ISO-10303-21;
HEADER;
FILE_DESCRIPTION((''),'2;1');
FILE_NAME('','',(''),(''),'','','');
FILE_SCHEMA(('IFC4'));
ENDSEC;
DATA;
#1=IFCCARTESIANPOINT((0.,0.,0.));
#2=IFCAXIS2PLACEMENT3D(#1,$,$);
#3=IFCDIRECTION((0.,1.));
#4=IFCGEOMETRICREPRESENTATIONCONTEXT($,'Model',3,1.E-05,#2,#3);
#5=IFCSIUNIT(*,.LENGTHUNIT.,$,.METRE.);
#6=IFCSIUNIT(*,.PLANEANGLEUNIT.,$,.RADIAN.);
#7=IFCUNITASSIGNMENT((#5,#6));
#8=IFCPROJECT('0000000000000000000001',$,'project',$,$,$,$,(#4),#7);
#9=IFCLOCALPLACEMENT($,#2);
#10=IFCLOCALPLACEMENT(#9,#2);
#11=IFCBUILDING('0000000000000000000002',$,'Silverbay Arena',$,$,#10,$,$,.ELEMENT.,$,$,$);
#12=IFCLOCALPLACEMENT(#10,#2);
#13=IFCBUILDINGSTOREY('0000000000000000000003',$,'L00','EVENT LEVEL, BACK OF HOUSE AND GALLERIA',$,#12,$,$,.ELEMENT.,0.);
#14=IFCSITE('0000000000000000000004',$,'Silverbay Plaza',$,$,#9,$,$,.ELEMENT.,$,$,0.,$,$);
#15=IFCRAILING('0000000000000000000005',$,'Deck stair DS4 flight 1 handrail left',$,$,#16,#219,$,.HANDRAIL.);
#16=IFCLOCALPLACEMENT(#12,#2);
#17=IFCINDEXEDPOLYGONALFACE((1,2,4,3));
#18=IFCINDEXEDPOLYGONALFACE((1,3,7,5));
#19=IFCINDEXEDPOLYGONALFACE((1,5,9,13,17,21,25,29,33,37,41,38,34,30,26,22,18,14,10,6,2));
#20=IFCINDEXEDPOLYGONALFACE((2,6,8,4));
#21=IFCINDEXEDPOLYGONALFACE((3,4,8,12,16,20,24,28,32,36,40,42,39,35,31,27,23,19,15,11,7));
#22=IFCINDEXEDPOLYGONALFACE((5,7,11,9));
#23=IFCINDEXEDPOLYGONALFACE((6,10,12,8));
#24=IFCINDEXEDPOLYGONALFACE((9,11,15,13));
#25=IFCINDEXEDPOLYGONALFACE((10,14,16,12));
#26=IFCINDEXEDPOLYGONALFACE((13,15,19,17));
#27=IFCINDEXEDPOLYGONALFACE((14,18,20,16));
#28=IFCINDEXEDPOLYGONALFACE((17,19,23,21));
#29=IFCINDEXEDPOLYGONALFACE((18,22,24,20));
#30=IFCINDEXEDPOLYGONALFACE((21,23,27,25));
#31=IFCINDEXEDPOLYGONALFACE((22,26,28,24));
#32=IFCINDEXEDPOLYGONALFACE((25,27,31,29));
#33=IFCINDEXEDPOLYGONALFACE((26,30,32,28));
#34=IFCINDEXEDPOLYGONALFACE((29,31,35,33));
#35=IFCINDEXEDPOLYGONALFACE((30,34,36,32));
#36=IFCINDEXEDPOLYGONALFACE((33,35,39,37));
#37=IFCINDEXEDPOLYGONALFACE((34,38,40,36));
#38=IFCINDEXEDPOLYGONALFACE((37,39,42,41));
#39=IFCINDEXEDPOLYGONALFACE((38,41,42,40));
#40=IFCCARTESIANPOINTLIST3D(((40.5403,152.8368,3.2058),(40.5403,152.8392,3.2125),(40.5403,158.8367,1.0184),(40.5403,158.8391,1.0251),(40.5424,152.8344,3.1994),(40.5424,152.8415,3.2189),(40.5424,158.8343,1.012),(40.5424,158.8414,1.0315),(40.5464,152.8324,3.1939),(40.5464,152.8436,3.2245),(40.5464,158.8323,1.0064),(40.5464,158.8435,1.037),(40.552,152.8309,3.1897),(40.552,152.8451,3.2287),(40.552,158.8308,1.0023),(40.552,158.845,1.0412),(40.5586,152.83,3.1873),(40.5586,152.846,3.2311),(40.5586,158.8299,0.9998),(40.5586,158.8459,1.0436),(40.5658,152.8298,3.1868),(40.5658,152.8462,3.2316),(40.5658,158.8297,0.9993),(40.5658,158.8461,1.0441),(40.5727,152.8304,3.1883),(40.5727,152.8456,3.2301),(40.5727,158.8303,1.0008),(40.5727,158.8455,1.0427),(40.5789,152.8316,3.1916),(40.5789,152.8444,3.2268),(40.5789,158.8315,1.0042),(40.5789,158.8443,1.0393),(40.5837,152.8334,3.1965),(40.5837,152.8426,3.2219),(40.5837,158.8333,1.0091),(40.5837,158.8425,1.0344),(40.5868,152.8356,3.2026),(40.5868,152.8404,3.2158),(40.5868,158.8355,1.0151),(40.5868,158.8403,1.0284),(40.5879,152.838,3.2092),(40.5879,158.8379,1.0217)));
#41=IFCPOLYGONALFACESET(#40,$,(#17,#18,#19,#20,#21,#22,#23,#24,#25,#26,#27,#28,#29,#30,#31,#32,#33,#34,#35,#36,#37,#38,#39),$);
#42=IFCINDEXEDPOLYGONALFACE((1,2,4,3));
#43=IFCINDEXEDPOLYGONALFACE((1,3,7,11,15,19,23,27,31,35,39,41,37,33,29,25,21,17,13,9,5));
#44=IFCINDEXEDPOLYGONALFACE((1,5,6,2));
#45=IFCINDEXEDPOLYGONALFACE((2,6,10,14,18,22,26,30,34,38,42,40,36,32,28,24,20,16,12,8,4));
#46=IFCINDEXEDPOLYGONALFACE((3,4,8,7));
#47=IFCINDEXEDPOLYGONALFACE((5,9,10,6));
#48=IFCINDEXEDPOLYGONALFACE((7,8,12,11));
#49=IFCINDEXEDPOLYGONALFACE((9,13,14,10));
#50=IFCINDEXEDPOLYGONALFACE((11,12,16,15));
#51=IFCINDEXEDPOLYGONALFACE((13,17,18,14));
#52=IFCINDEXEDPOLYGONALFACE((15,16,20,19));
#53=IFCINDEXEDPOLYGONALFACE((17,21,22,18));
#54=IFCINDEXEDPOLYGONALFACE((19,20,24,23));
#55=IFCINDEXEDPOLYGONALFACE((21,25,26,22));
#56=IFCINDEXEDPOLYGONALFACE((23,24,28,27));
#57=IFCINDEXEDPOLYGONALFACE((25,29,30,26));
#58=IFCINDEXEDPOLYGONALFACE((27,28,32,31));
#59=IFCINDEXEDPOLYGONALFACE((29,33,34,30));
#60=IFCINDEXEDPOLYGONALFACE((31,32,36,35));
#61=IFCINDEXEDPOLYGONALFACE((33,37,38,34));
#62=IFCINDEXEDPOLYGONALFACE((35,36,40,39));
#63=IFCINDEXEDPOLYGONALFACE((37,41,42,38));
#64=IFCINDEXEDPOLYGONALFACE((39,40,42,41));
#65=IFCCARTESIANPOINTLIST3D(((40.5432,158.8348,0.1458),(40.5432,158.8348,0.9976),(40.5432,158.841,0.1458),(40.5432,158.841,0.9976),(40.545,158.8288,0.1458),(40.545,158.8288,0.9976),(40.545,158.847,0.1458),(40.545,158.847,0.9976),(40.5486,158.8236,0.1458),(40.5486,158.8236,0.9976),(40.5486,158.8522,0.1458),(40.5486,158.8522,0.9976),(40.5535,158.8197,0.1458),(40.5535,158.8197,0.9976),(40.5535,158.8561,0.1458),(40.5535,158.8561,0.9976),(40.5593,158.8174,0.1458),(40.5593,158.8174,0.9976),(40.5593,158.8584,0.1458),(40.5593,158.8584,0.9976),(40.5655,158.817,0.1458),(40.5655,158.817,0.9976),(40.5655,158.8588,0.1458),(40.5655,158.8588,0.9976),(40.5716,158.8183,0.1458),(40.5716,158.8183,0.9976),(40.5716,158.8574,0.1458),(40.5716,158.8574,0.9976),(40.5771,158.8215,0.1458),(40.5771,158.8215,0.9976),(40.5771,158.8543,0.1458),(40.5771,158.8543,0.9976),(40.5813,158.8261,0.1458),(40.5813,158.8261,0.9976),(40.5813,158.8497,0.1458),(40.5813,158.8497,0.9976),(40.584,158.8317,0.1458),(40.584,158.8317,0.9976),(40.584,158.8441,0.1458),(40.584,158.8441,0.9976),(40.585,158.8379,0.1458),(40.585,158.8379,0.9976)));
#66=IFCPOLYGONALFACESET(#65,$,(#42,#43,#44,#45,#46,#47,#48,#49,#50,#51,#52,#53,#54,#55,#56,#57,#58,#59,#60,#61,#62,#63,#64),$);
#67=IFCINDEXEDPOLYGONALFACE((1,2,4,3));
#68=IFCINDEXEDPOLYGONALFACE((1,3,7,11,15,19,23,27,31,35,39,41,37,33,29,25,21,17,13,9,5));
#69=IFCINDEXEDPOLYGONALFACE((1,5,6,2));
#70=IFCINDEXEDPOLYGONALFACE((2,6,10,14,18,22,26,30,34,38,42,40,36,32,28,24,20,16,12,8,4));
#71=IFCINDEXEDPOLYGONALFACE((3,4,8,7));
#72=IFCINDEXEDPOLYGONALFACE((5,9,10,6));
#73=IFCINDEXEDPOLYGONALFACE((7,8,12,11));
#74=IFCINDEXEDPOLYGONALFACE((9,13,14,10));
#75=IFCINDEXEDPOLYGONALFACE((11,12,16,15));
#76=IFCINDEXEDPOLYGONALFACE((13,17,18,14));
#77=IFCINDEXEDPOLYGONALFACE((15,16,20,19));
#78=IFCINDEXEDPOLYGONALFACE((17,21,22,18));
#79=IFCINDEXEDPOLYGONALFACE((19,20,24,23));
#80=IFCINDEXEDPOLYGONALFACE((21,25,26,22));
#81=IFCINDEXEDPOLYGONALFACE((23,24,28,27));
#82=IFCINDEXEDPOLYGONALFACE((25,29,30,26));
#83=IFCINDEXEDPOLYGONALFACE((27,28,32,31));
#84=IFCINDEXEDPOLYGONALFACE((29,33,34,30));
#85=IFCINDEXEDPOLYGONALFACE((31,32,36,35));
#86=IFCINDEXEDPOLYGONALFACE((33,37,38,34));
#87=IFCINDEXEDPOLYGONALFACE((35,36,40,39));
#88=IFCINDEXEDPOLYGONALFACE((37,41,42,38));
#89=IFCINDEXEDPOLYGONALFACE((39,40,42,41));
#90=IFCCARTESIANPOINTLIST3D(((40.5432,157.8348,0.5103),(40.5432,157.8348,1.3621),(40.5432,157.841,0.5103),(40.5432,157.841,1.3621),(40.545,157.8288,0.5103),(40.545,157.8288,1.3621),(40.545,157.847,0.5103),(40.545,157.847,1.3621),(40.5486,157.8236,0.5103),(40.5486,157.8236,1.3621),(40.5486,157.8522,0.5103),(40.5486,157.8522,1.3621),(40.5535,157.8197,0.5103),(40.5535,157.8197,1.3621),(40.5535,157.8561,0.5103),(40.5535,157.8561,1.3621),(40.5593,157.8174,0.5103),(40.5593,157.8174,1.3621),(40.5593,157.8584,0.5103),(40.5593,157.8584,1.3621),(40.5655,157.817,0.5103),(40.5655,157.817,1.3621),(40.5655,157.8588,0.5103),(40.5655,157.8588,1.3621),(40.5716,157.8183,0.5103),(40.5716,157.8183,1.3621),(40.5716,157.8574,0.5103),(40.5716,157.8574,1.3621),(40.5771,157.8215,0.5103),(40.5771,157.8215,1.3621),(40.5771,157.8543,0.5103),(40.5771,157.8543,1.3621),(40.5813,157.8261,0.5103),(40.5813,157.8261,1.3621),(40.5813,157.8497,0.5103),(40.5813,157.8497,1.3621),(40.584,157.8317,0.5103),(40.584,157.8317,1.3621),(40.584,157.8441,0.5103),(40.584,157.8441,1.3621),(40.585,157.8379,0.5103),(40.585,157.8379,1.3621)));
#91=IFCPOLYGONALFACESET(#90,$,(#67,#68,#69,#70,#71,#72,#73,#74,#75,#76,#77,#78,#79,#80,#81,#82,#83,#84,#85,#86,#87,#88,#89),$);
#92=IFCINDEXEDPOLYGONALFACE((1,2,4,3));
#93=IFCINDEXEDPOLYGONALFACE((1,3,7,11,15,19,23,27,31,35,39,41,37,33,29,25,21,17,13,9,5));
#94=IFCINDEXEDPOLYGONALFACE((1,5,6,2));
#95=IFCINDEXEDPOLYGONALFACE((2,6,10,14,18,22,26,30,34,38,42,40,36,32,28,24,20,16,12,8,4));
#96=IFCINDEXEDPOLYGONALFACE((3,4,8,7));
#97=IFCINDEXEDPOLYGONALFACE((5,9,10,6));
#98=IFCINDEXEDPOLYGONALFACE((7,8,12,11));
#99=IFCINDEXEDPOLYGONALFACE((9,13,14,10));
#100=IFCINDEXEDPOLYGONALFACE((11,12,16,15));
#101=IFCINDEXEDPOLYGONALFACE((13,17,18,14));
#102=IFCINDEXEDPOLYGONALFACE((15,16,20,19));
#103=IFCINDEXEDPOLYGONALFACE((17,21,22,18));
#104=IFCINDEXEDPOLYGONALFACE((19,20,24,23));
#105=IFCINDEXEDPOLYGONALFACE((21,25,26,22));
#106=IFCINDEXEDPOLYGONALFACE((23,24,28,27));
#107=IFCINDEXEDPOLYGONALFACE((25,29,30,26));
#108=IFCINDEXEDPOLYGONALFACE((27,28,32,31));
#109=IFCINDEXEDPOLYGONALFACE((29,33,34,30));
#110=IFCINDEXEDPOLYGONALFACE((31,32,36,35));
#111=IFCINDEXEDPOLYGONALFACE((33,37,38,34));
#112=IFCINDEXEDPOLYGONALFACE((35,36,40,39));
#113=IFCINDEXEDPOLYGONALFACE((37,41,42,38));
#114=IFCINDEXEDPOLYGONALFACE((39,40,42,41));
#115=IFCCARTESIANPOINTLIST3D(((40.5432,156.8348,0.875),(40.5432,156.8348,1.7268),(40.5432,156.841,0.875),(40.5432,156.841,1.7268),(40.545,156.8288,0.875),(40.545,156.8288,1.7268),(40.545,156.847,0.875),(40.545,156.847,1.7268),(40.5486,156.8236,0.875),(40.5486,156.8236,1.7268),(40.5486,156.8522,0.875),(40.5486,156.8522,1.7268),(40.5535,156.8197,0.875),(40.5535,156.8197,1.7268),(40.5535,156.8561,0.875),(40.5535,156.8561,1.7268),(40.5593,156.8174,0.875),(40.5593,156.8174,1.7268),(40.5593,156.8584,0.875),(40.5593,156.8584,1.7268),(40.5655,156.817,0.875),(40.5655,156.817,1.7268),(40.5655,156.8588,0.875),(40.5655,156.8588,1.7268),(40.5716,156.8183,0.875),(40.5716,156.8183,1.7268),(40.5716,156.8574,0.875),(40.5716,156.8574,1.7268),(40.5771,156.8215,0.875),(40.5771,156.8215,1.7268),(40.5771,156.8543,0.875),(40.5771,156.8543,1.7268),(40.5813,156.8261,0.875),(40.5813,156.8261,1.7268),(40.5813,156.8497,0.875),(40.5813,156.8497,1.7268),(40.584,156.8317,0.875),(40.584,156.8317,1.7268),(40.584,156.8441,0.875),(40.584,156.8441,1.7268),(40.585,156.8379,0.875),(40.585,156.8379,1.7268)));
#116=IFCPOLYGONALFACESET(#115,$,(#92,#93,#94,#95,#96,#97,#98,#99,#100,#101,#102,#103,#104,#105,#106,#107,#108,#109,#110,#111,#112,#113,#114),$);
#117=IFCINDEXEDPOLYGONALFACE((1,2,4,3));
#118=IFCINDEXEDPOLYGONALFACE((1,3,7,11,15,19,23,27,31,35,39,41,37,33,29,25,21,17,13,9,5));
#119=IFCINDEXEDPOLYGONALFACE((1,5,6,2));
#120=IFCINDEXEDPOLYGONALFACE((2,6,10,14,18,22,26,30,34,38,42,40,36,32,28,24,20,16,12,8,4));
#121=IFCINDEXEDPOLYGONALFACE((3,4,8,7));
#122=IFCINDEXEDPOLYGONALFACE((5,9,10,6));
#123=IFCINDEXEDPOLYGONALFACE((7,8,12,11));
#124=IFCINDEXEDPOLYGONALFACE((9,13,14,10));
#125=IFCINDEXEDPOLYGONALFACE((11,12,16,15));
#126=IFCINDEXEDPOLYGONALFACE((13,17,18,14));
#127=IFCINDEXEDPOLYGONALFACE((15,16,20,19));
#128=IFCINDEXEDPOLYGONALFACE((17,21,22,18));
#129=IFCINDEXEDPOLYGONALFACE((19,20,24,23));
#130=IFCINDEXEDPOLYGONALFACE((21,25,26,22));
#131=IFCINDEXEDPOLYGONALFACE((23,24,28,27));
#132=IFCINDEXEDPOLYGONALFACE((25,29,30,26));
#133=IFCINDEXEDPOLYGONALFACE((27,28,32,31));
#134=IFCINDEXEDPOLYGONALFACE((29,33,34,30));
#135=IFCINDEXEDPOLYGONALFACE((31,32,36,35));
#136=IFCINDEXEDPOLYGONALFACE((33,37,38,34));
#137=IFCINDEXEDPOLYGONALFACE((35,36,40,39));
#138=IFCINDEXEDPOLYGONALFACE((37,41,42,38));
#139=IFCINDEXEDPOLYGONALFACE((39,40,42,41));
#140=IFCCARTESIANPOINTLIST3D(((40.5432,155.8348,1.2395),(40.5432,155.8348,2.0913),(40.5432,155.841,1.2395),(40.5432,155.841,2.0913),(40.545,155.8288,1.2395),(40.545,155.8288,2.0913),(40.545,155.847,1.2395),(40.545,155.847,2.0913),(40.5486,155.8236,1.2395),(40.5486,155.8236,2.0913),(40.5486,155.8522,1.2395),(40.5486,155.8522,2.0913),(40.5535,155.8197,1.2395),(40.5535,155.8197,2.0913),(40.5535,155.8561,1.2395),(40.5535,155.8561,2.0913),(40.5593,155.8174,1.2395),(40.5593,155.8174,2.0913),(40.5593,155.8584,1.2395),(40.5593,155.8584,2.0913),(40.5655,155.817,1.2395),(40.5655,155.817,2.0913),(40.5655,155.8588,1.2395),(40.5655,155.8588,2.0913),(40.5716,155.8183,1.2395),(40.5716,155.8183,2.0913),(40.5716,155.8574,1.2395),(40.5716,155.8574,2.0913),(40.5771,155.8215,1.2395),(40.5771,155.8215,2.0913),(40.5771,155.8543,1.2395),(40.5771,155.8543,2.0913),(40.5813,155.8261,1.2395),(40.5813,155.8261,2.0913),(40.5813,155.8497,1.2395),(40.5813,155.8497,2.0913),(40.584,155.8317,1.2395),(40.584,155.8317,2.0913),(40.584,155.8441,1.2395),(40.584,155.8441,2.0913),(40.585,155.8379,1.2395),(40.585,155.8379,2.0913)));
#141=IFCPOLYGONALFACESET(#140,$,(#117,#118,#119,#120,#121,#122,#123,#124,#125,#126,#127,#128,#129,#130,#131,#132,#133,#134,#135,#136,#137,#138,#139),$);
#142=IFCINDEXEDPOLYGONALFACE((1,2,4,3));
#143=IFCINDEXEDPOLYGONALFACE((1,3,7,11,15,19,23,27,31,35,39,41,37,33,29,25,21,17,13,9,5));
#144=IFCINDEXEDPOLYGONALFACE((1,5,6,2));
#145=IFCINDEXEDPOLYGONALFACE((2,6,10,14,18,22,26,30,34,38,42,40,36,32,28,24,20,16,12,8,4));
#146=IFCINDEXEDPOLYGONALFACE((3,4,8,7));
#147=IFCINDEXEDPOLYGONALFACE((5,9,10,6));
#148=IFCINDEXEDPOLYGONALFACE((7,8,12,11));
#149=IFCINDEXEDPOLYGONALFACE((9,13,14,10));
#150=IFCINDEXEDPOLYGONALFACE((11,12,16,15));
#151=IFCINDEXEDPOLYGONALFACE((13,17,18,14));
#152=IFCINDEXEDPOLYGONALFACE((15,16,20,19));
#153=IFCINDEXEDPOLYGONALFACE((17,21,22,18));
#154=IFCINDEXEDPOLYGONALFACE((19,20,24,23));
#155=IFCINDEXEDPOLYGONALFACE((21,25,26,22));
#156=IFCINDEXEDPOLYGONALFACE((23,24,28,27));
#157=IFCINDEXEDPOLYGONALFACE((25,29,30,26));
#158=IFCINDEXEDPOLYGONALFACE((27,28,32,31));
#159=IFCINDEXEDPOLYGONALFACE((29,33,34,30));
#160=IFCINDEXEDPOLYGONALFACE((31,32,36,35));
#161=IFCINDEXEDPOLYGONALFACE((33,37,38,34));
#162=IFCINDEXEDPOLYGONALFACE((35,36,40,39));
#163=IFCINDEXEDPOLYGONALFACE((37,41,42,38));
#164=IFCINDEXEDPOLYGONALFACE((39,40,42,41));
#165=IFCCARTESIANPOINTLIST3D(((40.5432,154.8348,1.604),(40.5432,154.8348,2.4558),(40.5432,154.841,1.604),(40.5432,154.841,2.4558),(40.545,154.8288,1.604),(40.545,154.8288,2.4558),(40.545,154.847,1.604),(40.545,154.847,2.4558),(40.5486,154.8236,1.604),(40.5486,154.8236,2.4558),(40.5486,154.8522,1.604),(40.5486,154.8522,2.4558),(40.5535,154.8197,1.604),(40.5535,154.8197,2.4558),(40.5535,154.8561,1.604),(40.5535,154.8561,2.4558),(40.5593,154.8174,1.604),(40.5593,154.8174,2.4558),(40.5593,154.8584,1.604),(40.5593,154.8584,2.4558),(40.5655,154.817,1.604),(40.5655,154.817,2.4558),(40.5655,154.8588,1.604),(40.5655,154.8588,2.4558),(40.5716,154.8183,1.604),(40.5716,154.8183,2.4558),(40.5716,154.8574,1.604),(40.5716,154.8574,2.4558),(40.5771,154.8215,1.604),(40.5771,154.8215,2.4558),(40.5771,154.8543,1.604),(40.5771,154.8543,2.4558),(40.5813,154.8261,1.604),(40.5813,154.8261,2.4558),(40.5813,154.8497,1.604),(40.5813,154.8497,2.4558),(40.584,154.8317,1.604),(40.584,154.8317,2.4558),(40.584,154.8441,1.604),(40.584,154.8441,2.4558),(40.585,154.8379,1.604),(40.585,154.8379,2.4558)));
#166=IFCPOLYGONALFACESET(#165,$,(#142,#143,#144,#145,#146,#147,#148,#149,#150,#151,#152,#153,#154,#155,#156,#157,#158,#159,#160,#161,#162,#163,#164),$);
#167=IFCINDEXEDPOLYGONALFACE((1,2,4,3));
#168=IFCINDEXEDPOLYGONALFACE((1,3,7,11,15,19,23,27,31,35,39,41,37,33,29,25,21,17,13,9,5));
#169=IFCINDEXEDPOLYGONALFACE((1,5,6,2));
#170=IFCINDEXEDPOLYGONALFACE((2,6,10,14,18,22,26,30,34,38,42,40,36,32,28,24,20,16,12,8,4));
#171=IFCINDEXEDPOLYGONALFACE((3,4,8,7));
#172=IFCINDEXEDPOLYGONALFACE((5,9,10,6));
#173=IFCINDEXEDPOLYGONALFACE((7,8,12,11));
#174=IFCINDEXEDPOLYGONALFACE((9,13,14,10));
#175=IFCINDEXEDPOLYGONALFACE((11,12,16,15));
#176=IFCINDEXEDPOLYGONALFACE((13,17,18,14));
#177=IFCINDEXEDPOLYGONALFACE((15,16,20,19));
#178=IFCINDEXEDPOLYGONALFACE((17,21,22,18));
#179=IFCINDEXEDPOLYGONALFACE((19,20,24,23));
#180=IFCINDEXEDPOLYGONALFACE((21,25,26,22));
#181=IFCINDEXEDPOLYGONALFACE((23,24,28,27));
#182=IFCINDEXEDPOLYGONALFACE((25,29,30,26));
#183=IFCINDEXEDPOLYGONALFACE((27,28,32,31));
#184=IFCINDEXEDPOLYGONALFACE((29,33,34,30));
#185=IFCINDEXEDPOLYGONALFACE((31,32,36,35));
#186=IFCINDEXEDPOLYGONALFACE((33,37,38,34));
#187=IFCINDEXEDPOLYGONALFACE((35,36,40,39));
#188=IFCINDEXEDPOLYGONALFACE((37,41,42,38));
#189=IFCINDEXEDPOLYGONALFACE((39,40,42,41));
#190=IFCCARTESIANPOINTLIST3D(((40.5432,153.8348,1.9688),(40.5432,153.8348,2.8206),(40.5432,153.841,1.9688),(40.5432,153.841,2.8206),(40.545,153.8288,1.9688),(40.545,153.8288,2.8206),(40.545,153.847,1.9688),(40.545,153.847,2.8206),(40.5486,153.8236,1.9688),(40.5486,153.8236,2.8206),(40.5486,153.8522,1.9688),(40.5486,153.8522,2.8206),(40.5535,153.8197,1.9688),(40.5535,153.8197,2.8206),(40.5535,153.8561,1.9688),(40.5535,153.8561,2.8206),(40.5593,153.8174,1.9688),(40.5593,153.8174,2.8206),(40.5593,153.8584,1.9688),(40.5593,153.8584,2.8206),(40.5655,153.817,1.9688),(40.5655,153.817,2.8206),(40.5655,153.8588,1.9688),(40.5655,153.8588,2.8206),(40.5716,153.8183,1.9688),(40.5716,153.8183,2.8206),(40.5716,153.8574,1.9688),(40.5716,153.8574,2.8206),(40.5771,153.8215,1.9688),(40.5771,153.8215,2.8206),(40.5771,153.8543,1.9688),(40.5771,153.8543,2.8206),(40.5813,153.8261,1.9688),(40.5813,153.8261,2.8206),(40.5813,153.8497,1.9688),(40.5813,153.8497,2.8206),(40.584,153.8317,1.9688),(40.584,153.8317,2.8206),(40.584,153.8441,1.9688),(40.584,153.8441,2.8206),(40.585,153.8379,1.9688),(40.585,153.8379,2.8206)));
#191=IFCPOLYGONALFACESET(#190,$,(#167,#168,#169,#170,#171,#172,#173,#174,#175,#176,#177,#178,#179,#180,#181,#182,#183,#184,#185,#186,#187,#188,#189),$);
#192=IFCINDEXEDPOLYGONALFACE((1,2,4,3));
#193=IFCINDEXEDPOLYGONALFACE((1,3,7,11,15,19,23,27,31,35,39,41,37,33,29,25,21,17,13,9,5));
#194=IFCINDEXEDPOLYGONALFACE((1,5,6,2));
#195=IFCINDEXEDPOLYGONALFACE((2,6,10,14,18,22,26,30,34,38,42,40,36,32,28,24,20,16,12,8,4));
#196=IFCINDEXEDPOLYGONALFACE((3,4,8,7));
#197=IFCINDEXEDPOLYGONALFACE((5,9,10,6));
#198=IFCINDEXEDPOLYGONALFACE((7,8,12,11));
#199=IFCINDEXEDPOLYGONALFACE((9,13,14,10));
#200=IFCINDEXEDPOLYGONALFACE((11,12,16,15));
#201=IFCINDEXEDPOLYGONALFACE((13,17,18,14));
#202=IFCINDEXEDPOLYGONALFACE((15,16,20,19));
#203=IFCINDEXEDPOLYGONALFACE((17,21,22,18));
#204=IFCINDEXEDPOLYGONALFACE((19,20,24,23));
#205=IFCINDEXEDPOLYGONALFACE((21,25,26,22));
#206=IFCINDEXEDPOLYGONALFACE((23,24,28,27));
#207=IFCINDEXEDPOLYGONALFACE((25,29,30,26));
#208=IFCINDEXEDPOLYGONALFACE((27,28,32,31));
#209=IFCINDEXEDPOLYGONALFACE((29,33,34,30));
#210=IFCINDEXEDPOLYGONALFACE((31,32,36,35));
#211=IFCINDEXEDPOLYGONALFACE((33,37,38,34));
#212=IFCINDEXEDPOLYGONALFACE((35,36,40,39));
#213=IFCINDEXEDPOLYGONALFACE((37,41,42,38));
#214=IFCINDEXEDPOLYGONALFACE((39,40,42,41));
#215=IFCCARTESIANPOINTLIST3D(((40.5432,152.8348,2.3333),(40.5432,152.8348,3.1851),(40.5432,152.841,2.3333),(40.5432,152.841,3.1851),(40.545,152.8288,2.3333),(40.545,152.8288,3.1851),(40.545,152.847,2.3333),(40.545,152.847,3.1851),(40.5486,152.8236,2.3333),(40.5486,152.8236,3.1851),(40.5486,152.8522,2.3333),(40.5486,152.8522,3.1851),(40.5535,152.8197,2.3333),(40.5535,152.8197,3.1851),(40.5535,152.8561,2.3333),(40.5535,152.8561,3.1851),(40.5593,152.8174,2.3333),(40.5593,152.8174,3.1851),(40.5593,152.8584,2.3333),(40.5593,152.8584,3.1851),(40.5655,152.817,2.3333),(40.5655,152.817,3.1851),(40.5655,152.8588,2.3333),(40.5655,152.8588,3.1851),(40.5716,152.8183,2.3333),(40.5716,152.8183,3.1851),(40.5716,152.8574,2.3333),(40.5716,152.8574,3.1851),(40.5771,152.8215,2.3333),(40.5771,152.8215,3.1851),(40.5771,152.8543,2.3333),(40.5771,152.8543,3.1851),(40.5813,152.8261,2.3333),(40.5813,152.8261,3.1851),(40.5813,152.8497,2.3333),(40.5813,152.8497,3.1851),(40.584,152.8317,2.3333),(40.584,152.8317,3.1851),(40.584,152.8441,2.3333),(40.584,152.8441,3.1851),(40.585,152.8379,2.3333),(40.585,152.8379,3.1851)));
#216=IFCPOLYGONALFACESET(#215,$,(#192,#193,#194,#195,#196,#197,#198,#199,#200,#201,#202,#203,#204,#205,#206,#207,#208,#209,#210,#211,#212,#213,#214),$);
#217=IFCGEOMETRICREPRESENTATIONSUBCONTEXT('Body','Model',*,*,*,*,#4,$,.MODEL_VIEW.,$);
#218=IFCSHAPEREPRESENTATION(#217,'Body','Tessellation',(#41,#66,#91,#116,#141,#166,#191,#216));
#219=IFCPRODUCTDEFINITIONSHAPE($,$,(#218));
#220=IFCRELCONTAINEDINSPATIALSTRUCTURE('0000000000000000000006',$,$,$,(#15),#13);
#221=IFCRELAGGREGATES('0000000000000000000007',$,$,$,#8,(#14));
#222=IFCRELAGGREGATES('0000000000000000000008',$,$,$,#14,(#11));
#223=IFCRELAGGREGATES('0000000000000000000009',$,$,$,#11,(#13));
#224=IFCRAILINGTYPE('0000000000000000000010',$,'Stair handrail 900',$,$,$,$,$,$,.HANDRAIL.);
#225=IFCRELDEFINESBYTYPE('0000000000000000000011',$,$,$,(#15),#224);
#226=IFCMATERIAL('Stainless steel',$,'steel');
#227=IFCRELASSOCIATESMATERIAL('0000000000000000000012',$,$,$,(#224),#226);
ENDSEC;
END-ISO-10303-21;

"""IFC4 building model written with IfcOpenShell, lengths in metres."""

from ifc_helpers import new_model, si_unit, direction, frame, origin, origin_2d, place, context, subcontext, project, spatial, circle, extrude, material, type_object, element, save


model = new_model("IFC4")

# Units and contexts
model_context = context("Model", 3, precision=1e-05, world=origin(), true_north=direction((0.0, 1.0)))
body_context = subcontext(model_context, "Body", "Model", "MODEL_VIEW")
ifc_project = project(units=[si_unit("LENGTHUNIT", "METRE"), si_unit("PLANEANGLEUNIT", "RADIAN")], contexts=[model_context])

# Site, building, storey
site_placement = place(None, origin())
site = spatial("IfcSite", under=ifc_project, at=site_placement, Name="Silverbay Plaza", CompositionType="ELEMENT", RefElevation=0.0)
building_placement = place(site_placement, origin())
building = spatial("IfcBuilding", under=site, at=building_placement, Name="Silverbay Arena", CompositionType="ELEMENT")
storey_placement = place(building_placement, origin())
storey = spatial("IfcBuildingStorey", under=building, at=storey_placement, Name="L00", Description="EVENT LEVEL, BACK OF HOUSE AND GALLERIA", CompositionType="ELEMENT", Elevation=0.0)

# Railing
ifc_material_1 = material(Name="Stainless steel", Category="steel")
railing_type_1 = type_object("IfcRailingType", Name="Stair handrail 900", PredefinedType="HANDRAIL", material=ifc_material_1)
for number, where, name in (
    (1, (40.564, 158.8379, 0.1458), "Deck stair DS4 flight 1 handrail left"),
):
    element("IfcRailing", number, at=place(storey_placement, frame(where)), inside=storey, type_object=railing_type_1, Name=name, PredefinedType="HANDRAIL", context=body_context, shape_type="SweptSolid", body=[
        extrude(circle(Radius=0.0239, at=origin_2d()), frame((0.0, 0.0, 0.876), z_axis=(0.0, -0.939507, 0.342529), x_axis=(1.0, 0.0, 0.0)), (0.0, 0.0, 1.0), 6.3862),
        extrude(circle(Radius=0.021, at=origin_2d()), origin(), (0.0, 0.0, 1.0), 0.8518),
        extrude(circle(Radius=0.021, at=origin_2d()), frame((0.0, -1.0, 0.3645)), (0.0, 0.0, 1.0), 0.8518),
        extrude(circle(Radius=0.021, at=origin_2d()), frame((0.0, -2.0, 0.7292)), (0.0, 0.0, 1.0), 0.8518),
        extrude(circle(Radius=0.021, at=origin_2d()), frame((0.0, -3.0, 1.0938)), (0.0, 0.0, 1.0), 0.8518),
        extrude(circle(Radius=0.021, at=origin_2d()), frame((0.0, -4.0, 1.4583)), (0.0, 0.0, 1.0), 0.8518),
        extrude(circle(Radius=0.021, at=origin_2d()), frame((0.0, -5.0, 1.823)), (0.0, 0.0, 1.0), 0.8518),
        extrude(circle(Radius=0.021, at=origin_2d()), frame((0.0, -6.0, 2.1875)), (0.0, 0.0, 1.0), 0.8518),
    ])

save(model, "model.ifc")
